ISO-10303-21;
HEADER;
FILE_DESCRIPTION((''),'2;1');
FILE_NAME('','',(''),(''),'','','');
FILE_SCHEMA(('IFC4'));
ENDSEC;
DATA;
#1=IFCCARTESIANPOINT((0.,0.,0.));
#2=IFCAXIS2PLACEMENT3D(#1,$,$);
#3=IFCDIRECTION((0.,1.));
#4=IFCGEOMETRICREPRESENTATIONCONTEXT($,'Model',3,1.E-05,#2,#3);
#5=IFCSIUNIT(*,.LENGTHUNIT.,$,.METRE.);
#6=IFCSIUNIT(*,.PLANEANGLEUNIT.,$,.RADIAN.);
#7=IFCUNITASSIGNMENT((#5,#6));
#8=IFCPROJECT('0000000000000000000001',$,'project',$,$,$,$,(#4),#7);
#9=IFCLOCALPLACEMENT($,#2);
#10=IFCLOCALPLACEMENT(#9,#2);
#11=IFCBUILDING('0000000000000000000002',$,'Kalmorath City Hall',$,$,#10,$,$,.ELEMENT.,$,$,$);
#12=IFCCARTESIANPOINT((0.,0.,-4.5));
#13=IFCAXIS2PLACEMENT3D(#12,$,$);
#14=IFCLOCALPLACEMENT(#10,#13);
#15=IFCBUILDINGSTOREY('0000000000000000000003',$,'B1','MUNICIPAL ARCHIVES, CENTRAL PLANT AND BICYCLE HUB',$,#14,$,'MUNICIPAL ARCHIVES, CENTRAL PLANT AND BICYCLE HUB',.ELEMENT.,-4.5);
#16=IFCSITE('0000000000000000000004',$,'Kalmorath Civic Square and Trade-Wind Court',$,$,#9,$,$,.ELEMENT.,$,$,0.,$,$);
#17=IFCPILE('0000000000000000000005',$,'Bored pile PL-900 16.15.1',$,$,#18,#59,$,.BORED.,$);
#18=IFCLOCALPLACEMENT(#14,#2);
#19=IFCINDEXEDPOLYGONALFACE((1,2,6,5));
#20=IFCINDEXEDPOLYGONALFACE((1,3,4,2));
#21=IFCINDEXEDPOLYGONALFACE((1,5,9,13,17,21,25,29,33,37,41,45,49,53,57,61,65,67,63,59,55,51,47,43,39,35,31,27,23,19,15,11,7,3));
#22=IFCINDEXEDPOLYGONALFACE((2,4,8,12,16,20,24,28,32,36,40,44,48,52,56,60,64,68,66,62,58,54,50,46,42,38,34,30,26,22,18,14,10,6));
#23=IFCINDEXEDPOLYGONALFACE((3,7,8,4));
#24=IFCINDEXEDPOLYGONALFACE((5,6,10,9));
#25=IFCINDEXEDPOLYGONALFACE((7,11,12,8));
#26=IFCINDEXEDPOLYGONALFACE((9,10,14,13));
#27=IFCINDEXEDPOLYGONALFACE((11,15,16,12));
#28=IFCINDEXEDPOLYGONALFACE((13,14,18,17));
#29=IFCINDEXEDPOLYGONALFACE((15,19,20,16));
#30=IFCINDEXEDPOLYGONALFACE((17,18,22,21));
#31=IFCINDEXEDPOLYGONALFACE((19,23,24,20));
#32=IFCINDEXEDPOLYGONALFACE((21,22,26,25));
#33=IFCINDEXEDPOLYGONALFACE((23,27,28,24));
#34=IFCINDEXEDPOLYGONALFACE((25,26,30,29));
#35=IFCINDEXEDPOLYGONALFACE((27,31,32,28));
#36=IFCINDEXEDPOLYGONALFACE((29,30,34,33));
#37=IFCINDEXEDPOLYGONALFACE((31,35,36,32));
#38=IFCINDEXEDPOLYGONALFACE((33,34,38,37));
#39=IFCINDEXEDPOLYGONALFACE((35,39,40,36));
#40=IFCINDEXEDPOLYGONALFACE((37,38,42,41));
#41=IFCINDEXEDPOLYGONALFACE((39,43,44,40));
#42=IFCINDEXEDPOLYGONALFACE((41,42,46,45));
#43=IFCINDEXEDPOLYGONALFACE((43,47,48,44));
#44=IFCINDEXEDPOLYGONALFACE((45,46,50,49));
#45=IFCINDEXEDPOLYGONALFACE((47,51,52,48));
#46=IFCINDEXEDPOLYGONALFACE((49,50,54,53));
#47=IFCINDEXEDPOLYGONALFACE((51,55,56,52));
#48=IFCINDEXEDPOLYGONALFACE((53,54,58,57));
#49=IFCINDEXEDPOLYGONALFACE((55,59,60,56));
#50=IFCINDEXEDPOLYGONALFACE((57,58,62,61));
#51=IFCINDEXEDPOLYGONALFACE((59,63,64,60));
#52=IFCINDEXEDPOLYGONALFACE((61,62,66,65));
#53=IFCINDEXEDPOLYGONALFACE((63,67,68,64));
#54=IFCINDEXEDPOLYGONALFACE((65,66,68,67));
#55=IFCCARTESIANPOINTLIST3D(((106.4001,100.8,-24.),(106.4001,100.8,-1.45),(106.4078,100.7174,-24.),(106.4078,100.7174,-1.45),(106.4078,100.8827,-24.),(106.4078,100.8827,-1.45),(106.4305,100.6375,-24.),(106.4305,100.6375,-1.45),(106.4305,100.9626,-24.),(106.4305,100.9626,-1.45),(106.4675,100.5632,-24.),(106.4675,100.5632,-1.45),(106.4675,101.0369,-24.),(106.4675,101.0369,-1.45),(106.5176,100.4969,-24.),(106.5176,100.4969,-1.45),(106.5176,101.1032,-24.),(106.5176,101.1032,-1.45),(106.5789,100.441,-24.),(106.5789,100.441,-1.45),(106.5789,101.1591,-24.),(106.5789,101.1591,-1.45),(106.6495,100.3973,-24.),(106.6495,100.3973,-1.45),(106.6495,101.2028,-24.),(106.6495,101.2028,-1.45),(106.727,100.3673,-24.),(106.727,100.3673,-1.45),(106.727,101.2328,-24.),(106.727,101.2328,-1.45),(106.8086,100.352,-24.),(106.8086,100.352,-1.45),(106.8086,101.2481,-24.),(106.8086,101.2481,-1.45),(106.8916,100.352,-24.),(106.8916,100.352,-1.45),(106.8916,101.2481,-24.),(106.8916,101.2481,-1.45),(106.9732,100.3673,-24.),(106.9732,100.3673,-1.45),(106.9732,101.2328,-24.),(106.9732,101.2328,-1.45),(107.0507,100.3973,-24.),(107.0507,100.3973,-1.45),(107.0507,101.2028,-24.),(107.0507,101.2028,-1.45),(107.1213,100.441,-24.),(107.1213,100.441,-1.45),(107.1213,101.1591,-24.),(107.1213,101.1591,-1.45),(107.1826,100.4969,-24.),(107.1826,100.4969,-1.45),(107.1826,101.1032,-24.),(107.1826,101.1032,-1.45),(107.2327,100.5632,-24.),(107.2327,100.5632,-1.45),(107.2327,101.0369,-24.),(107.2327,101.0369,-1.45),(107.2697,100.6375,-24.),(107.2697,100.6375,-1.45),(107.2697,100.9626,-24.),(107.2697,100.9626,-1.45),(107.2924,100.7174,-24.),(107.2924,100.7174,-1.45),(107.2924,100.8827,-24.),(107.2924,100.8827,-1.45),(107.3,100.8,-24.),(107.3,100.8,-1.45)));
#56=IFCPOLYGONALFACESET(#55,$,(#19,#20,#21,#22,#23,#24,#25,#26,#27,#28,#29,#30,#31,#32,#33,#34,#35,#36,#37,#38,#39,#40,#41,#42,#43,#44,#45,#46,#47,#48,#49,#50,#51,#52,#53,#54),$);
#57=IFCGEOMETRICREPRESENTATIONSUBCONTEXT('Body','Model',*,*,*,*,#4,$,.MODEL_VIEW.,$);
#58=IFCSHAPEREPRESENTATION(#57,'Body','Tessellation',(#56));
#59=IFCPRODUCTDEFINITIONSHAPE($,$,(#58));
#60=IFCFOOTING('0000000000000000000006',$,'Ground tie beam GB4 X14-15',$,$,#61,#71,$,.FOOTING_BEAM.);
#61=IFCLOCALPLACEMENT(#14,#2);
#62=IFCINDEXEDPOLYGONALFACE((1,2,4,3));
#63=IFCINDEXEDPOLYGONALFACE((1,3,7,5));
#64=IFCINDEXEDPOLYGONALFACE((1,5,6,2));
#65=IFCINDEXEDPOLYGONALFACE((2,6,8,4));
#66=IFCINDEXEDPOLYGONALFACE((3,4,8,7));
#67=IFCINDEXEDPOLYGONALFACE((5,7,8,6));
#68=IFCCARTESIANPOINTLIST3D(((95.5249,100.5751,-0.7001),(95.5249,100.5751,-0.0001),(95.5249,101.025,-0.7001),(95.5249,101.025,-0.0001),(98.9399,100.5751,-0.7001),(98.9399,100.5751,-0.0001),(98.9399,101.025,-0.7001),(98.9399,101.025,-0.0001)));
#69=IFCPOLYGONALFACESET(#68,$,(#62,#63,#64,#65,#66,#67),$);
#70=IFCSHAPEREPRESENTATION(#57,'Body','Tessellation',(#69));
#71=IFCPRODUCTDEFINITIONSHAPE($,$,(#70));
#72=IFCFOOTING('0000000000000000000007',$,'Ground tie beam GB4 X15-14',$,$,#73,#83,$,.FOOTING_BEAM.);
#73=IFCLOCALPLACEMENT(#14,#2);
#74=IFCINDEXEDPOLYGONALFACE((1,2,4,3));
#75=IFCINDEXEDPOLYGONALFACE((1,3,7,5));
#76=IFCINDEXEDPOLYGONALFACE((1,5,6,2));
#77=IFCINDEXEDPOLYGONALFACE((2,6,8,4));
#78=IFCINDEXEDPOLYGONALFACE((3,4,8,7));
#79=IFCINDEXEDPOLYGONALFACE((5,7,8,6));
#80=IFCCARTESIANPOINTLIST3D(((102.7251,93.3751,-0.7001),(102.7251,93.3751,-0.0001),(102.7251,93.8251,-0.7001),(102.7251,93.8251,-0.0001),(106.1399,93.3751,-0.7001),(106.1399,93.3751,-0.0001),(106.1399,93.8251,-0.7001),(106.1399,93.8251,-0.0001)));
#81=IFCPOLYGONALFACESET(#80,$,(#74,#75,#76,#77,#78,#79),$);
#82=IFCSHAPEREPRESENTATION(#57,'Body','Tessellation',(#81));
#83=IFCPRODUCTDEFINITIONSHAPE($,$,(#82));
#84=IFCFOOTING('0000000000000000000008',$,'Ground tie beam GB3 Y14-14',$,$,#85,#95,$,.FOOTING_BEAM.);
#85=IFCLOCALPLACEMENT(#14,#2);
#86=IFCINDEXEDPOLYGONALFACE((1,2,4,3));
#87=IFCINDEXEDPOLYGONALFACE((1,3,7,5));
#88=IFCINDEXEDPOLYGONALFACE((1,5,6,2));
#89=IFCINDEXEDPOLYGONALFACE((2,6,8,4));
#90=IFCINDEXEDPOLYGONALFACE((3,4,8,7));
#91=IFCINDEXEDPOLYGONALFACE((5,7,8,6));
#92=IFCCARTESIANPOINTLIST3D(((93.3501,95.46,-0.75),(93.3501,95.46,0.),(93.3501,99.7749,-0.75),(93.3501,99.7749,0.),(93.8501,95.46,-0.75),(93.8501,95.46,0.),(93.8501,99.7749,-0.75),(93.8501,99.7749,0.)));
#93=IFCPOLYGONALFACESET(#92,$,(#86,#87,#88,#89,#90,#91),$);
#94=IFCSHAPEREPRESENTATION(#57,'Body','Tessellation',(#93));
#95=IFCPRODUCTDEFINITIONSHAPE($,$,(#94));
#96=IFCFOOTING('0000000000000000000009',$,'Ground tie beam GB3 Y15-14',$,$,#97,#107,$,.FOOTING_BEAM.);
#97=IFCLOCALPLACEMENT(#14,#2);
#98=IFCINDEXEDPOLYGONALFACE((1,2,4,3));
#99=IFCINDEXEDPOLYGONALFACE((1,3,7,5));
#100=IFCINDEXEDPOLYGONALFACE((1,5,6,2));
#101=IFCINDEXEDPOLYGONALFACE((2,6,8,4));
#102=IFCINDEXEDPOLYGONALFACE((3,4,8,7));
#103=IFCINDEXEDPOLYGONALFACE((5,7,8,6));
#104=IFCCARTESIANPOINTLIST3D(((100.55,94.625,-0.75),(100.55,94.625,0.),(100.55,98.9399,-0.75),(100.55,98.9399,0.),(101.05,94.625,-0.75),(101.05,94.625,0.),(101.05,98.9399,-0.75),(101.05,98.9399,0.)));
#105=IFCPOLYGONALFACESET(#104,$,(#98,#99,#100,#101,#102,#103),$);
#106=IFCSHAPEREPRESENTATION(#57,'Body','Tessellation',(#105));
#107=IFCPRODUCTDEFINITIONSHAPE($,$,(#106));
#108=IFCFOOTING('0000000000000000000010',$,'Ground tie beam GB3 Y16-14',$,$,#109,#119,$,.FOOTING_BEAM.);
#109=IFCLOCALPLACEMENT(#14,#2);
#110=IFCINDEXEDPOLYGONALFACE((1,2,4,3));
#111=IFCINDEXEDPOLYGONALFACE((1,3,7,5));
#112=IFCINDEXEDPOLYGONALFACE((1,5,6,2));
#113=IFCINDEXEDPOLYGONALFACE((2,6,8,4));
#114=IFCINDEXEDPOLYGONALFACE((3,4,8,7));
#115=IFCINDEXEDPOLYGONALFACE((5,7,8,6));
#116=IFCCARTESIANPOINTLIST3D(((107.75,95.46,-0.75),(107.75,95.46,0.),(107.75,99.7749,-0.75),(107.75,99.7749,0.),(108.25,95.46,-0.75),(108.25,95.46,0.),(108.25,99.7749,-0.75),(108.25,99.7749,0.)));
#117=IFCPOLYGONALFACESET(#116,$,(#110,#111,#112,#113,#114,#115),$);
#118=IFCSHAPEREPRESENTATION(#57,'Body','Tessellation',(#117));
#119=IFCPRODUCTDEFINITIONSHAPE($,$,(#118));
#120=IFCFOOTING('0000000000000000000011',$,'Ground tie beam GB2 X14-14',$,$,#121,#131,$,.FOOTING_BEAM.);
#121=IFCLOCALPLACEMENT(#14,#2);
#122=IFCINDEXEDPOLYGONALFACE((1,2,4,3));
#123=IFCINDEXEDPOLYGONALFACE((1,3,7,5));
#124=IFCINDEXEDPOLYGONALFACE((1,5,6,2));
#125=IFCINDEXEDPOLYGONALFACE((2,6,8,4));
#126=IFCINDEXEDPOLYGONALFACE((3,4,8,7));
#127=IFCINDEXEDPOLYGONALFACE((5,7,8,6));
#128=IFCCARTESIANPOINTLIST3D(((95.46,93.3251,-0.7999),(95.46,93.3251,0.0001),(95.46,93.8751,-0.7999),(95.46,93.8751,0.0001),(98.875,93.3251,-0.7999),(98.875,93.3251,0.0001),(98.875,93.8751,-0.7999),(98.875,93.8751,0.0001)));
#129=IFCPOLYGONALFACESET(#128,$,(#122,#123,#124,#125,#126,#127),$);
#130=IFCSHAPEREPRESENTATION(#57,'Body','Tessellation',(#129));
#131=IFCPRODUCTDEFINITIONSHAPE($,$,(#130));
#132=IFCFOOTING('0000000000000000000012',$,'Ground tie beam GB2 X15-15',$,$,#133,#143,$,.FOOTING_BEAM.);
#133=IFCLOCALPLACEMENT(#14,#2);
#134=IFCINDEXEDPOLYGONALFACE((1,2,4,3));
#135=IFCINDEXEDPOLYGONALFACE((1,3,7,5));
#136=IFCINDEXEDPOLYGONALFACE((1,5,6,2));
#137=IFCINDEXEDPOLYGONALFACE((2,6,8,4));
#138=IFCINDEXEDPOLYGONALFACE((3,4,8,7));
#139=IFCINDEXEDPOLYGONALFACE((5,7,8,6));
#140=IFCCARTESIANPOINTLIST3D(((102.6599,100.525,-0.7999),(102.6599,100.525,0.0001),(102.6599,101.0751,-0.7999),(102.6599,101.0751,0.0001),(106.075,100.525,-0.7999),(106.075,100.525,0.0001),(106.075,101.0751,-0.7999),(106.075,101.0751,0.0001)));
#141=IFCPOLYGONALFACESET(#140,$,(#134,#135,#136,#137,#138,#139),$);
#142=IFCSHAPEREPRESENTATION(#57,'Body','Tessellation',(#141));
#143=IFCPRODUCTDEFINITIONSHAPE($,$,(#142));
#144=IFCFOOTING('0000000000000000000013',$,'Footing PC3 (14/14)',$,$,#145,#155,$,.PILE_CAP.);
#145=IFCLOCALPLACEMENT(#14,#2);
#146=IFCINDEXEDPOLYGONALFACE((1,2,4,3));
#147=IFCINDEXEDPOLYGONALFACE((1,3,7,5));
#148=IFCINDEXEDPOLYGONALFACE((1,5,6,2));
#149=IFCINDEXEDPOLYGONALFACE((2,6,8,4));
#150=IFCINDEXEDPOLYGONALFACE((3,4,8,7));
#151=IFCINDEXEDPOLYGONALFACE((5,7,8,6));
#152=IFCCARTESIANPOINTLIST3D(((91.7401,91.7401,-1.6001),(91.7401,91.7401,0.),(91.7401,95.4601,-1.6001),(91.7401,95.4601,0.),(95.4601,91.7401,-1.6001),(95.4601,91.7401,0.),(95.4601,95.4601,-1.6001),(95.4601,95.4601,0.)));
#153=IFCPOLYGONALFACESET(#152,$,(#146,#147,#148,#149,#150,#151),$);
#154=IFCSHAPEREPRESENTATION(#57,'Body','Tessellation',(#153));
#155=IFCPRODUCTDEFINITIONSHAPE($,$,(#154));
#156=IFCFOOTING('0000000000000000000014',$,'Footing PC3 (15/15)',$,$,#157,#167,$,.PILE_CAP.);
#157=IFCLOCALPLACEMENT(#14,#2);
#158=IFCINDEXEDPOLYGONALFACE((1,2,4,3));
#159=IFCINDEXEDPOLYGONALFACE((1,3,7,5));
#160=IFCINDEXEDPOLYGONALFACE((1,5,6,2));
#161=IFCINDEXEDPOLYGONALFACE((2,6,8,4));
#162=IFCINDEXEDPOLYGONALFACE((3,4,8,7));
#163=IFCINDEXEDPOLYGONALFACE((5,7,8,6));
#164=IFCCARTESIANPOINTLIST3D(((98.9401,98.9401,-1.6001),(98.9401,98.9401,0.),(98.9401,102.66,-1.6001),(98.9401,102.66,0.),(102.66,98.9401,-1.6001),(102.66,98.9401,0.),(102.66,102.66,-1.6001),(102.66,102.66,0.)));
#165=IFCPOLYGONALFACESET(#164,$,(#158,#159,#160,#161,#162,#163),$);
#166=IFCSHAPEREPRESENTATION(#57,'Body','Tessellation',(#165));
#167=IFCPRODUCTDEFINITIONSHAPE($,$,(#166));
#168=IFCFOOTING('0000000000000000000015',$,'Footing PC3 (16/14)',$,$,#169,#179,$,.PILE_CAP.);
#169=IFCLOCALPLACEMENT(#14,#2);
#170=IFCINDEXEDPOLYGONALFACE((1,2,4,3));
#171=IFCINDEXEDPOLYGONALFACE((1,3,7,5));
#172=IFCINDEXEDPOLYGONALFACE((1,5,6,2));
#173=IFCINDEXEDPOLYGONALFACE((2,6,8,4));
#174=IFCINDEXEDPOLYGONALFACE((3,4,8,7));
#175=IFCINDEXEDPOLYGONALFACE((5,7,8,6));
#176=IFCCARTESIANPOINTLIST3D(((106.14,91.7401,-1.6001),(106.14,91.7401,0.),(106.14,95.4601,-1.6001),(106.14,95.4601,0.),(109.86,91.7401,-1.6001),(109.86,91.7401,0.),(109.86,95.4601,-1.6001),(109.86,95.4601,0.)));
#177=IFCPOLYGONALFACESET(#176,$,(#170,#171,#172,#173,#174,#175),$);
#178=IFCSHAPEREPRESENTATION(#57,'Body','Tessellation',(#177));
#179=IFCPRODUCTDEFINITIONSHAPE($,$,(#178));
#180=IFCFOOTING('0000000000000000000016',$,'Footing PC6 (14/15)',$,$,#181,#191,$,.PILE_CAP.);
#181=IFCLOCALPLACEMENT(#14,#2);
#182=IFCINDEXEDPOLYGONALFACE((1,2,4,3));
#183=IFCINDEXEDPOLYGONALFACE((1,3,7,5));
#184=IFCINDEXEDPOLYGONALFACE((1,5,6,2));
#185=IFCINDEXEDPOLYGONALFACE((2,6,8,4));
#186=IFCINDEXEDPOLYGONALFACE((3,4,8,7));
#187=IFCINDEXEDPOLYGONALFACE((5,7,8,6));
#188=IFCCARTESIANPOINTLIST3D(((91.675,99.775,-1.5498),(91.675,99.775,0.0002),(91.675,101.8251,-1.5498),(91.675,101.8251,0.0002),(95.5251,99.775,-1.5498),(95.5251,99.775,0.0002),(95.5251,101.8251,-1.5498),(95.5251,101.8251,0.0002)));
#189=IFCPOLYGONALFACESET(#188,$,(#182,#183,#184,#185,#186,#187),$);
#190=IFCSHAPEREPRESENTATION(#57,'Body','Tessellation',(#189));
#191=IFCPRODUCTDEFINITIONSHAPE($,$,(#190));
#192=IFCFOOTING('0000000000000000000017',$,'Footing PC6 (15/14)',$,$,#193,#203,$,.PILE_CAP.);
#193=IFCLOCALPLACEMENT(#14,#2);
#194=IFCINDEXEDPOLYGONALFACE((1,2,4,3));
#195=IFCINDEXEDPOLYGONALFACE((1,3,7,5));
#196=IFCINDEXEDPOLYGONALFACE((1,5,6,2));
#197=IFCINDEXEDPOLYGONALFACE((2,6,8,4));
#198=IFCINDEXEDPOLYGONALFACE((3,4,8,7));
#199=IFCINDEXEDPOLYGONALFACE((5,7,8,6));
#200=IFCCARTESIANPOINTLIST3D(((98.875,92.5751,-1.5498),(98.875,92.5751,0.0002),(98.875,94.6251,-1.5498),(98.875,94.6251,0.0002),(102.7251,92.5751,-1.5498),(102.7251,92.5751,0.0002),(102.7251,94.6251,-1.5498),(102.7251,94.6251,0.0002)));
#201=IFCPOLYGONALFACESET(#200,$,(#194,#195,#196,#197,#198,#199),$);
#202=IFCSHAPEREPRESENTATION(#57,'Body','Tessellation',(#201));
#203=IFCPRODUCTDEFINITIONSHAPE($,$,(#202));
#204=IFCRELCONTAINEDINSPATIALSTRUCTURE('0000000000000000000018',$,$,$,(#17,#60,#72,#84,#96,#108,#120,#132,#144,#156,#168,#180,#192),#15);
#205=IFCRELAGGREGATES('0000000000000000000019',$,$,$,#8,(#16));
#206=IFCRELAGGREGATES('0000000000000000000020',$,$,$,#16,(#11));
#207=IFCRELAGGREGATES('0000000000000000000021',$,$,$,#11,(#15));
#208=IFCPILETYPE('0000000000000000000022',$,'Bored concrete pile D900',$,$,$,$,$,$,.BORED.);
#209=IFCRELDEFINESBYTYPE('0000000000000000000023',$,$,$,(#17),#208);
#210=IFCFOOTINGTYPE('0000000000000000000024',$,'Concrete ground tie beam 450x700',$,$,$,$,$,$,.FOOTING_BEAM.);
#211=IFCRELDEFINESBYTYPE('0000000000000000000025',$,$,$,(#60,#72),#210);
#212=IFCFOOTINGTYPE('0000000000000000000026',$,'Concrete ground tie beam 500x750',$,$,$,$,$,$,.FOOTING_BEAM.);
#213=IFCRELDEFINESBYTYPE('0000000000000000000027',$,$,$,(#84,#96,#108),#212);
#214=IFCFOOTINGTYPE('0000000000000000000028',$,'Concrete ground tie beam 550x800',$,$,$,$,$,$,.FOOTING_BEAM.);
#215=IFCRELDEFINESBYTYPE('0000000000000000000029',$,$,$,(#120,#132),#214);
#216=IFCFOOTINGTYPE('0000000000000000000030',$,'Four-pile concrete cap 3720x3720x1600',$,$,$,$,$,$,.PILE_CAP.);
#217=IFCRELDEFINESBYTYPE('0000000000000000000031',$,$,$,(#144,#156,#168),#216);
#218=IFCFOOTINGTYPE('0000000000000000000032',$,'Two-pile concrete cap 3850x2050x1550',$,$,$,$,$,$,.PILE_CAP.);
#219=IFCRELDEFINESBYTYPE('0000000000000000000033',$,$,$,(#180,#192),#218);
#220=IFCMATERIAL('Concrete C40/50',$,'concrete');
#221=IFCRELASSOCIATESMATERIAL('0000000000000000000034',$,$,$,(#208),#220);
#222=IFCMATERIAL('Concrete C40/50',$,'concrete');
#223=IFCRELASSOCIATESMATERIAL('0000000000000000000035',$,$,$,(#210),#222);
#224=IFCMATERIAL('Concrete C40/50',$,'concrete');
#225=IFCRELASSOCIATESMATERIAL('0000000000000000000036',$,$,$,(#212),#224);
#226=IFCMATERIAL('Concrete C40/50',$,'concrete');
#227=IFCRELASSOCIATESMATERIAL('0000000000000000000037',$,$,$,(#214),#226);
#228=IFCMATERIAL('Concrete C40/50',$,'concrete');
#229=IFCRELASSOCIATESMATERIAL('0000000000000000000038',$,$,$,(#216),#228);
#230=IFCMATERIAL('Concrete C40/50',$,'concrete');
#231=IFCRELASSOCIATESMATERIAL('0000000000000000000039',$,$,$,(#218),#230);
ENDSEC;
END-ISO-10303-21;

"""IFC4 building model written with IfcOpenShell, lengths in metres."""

from ifc_helpers import new_model, si_unit, direction, frame, origin, origin_2d, place, context, subcontext, project, spatial, rectangle, circle, extrude, material, material_profile, profile_set, type_object, element, save


model = new_model("IFC4")

# Units and contexts
model_context = context("Model", 3, precision=1e-05, world=origin(), true_north=direction((0.0, 1.0)))
body_context = subcontext(model_context, "Body", "Model", "MODEL_VIEW")
ifc_project = project(units=[si_unit("LENGTHUNIT", "METRE"), si_unit("PLANEANGLEUNIT", "RADIAN")], contexts=[model_context])

# Site, building, storey
site_placement = place(None, origin())
site = spatial("IfcSite", under=ifc_project, at=site_placement, Name="Kalmorath Civic Square and Trade-Wind Court", CompositionType="ELEMENT", RefElevation=0.0)
building_placement = place(site_placement, origin())
building = spatial("IfcBuilding", under=site, at=building_placement, Name="Kalmorath City Hall", CompositionType="ELEMENT")
storey_placement = place(building_placement, frame((0.0, 0.0, -4.5)))
storey = spatial("IfcBuildingStorey", under=building, at=storey_placement, Name="B1", Description="MUNICIPAL ARCHIVES, CENTRAL PLANT AND BICYCLE HUB", LongName="MUNICIPAL ARCHIVES, CENTRAL PLANT AND BICYCLE HUB", CompositionType="ELEMENT", Elevation=-4.5)

# Pile
ifc_material_1 = material(Name="Concrete C40/50", Category="concrete")
ifc_material_profile_1 = material_profile(ifc_material_1, circle(Radius=0.45, at=origin_2d()), Name="PILE-D900")
ifc_profile_set_1 = profile_set([ifc_material_profile_1], Name="Concrete C40/50")
pile_type = type_object("IfcPileType", Name="Bored concrete pile D900", PredefinedType="BORED", material=ifc_profile_set_1)
pile_placement = place(storey_placement, frame((106.8501, 100.8, -1.45), z_axis=(0.0, 0.0, -1.0), x_axis=(1.0, 0.0, 0.0)))
element("IfcPile", 1, at=pile_placement, inside=storey, type_object=pile_type, Name="Bored pile PL-900 16.15.1", PredefinedType="BORED", context=body_context, shape_type="SweptSolid", body=[
    extrude(circle(Radius=0.45, at=origin_2d()), origin(), (0.0, 0.0, 1.0), 22.55),
])

# Footings
ifc_material_2 = material(Name="Concrete C40/50", Category="concrete")
ifc_material_profile_2 = material_profile(ifc_material_2, rectangle(XDim=0.45, YDim=0.7, at=origin_2d()), Name="RC-BM-450X700")
ifc_profile_set_2 = profile_set([ifc_material_profile_2], Name="Concrete C40/50")
footing_type_1 = type_object("IfcFootingType", Name="Concrete ground tie beam 450x700", PredefinedType="FOOTING_BEAM", material=ifc_profile_set_2)
footing_1_placement = place(storey_placement, frame((95.5249, 100.8, -0.3501), z_axis=(1.0, 0.0, 0.0), x_axis=(0.0, 1.0, 0.0)))
element("IfcFooting", 2, at=footing_1_placement, inside=storey, type_object=footing_type_1, Name="Ground tie beam GB4 X14-15", PredefinedType="FOOTING_BEAM", context=body_context, shape_type="SweptSolid", body=[
    extrude(rectangle(XDim=0.45, YDim=0.7, at=origin_2d()), origin(), (0.0, 0.0, 1.0), 3.415),
])
footing_2_placement = place(storey_placement, frame((102.7251, 93.6001, -0.3501), z_axis=(1.0, 0.0, 0.0), x_axis=(0.0, 1.0, 0.0)))
element("IfcFooting", 3, at=footing_2_placement, inside=storey, type_object=footing_type_1, Name="Ground tie beam GB4 X15-14", PredefinedType="FOOTING_BEAM", context=body_context, shape_type="SweptSolid", body=[
    extrude(rectangle(XDim=0.45, YDim=0.7, at=origin_2d()), origin(), (0.0, 0.0, 1.0), 3.4148),
])
ifc_material_3 = material(Name="Concrete C40/50", Category="concrete")
ifc_material_profile_3 = material_profile(ifc_material_3, rectangle(XDim=0.5, YDim=0.75, at=origin_2d()), Name="RC-BM-500X750")
ifc_profile_set_3 = profile_set([ifc_material_profile_3], Name="Concrete C40/50")
footing_type_2 = type_object("IfcFootingType", Name="Concrete ground tie beam 500x750", PredefinedType="FOOTING_BEAM", material=ifc_profile_set_3)
for number, where, z_axis, x_axis, name in (
    (4, (93.6001, 95.46, -0.375), (0.0, 1.0, 0.0), (-1.0, 0.0, 0.0), "Ground tie beam GB3 Y14-14"),
    (5, (100.8, 94.625, -0.375), (0.0, 1.0, 0.0), (-1.0, 0.0, 0.0), "Ground tie beam GB3 Y15-14"),
    (6, (108.0, 95.46, -0.375), (0.0, 1.0, 0.0), (-1.0, 0.0, 0.0), "Ground tie beam GB3 Y16-14"),
):
    element("IfcFooting", number, at=place(storey_placement, frame(where, z_axis=z_axis, x_axis=x_axis)), inside=storey, type_object=footing_type_2, Name=name, PredefinedType="FOOTING_BEAM", context=body_context, shape_type="SweptSolid", body=[
        extrude(rectangle(XDim=0.5, YDim=0.75, at=origin_2d()), origin(), (0.0, 0.0, 1.0), 4.3149),
    ])
ifc_material_4 = material(Name="Concrete C40/50", Category="concrete")
ifc_material_profile_4 = material_profile(ifc_material_4, rectangle(XDim=0.55, YDim=0.8, at=origin_2d()), Name="RC-BM-550X800")
ifc_profile_set_4 = profile_set([ifc_material_profile_4], Name="Concrete C40/50")
footing_type_3 = type_object("IfcFootingType", Name="Concrete ground tie beam 550x800", PredefinedType="FOOTING_BEAM", material=ifc_profile_set_4)
for number, where, z_axis, x_axis, name in (
    (7, (95.46, 93.6001, -0.3999), (1.0, 0.0, 0.0), (0.0, 1.0, 0.0), "Ground tie beam GB2 X14-14"),
    (8, (102.6599, 100.8, -0.3999), (1.0, 0.0, 0.0), (0.0, 1.0, 0.0), "Ground tie beam GB2 X15-15"),
):
    element("IfcFooting", number, at=place(storey_placement, frame(where, z_axis=z_axis, x_axis=x_axis)), inside=storey, type_object=footing_type_3, Name=name, PredefinedType="FOOTING_BEAM", context=body_context, shape_type="SweptSolid", body=[
        extrude(rectangle(XDim=0.55, YDim=0.8, at=origin_2d()), origin(), (0.0, 0.0, 1.0), 3.415),
    ])
ifc_material_5 = material(Name="Concrete C40/50", Category="concrete")
footing_type_4 = type_object("IfcFootingType", Name="Four-pile concrete cap 3720x3720x1600", PredefinedType="PILE_CAP", material=ifc_material_5)
for number, where, z_axis, x_axis, name in (
    (9, (93.6001, 93.6001, -1.6001), (0.0, 0.0, 1.0), (1.0, 0.0, 0.0), "Footing PC3 (14/14)"),
    (10, (100.8, 100.8, -1.6001), (0.0, 0.0, 1.0), (1.0, 0.0, 0.0), "Footing PC3 (15/15)"),
    (11, (108.0, 93.6001, -1.6001), (0.0, 0.0, 1.0), (1.0, 0.0, 0.0), "Footing PC3 (16/14)"),
):
    element("IfcFooting", number, at=place(storey_placement, frame(where, z_axis=z_axis, x_axis=x_axis)), inside=storey, type_object=footing_type_4, Name=name, PredefinedType="PILE_CAP", context=body_context, shape_type="SweptSolid", body=[
        extrude(rectangle(XDim=3.72, YDim=3.72, at=origin_2d()), origin(), (0.0, 0.0, 1.0), 1.6001),
    ])
ifc_material_6 = material(Name="Concrete C40/50", Category="concrete")
footing_type_5 = type_object("IfcFootingType", Name="Two-pile concrete cap 3850x2050x1550", PredefinedType="PILE_CAP", material=ifc_material_6)
for number, where, z_axis, x_axis, name in (
    (12, (93.6001, 100.8, -1.5498), (0.0, 0.0, 1.0), (1.0, 0.0, 0.0), "Footing PC6 (14/15)"),
    (13, (100.8, 93.6001, -1.5498), (0.0, 0.0, 1.0), (1.0, 0.0, 0.0), "Footing PC6 (15/14)"),
):
    element("IfcFooting", number, at=place(storey_placement, frame(where, z_axis=z_axis, x_axis=x_axis)), inside=storey, type_object=footing_type_5, Name=name, PredefinedType="PILE_CAP", context=body_context, shape_type="SweptSolid", body=[
        extrude(rectangle(XDim=3.8501, YDim=2.05, at=origin_2d()), origin(), (0.0, 0.0, 1.0), 1.55),
    ])

save(model, "model.ifc")
